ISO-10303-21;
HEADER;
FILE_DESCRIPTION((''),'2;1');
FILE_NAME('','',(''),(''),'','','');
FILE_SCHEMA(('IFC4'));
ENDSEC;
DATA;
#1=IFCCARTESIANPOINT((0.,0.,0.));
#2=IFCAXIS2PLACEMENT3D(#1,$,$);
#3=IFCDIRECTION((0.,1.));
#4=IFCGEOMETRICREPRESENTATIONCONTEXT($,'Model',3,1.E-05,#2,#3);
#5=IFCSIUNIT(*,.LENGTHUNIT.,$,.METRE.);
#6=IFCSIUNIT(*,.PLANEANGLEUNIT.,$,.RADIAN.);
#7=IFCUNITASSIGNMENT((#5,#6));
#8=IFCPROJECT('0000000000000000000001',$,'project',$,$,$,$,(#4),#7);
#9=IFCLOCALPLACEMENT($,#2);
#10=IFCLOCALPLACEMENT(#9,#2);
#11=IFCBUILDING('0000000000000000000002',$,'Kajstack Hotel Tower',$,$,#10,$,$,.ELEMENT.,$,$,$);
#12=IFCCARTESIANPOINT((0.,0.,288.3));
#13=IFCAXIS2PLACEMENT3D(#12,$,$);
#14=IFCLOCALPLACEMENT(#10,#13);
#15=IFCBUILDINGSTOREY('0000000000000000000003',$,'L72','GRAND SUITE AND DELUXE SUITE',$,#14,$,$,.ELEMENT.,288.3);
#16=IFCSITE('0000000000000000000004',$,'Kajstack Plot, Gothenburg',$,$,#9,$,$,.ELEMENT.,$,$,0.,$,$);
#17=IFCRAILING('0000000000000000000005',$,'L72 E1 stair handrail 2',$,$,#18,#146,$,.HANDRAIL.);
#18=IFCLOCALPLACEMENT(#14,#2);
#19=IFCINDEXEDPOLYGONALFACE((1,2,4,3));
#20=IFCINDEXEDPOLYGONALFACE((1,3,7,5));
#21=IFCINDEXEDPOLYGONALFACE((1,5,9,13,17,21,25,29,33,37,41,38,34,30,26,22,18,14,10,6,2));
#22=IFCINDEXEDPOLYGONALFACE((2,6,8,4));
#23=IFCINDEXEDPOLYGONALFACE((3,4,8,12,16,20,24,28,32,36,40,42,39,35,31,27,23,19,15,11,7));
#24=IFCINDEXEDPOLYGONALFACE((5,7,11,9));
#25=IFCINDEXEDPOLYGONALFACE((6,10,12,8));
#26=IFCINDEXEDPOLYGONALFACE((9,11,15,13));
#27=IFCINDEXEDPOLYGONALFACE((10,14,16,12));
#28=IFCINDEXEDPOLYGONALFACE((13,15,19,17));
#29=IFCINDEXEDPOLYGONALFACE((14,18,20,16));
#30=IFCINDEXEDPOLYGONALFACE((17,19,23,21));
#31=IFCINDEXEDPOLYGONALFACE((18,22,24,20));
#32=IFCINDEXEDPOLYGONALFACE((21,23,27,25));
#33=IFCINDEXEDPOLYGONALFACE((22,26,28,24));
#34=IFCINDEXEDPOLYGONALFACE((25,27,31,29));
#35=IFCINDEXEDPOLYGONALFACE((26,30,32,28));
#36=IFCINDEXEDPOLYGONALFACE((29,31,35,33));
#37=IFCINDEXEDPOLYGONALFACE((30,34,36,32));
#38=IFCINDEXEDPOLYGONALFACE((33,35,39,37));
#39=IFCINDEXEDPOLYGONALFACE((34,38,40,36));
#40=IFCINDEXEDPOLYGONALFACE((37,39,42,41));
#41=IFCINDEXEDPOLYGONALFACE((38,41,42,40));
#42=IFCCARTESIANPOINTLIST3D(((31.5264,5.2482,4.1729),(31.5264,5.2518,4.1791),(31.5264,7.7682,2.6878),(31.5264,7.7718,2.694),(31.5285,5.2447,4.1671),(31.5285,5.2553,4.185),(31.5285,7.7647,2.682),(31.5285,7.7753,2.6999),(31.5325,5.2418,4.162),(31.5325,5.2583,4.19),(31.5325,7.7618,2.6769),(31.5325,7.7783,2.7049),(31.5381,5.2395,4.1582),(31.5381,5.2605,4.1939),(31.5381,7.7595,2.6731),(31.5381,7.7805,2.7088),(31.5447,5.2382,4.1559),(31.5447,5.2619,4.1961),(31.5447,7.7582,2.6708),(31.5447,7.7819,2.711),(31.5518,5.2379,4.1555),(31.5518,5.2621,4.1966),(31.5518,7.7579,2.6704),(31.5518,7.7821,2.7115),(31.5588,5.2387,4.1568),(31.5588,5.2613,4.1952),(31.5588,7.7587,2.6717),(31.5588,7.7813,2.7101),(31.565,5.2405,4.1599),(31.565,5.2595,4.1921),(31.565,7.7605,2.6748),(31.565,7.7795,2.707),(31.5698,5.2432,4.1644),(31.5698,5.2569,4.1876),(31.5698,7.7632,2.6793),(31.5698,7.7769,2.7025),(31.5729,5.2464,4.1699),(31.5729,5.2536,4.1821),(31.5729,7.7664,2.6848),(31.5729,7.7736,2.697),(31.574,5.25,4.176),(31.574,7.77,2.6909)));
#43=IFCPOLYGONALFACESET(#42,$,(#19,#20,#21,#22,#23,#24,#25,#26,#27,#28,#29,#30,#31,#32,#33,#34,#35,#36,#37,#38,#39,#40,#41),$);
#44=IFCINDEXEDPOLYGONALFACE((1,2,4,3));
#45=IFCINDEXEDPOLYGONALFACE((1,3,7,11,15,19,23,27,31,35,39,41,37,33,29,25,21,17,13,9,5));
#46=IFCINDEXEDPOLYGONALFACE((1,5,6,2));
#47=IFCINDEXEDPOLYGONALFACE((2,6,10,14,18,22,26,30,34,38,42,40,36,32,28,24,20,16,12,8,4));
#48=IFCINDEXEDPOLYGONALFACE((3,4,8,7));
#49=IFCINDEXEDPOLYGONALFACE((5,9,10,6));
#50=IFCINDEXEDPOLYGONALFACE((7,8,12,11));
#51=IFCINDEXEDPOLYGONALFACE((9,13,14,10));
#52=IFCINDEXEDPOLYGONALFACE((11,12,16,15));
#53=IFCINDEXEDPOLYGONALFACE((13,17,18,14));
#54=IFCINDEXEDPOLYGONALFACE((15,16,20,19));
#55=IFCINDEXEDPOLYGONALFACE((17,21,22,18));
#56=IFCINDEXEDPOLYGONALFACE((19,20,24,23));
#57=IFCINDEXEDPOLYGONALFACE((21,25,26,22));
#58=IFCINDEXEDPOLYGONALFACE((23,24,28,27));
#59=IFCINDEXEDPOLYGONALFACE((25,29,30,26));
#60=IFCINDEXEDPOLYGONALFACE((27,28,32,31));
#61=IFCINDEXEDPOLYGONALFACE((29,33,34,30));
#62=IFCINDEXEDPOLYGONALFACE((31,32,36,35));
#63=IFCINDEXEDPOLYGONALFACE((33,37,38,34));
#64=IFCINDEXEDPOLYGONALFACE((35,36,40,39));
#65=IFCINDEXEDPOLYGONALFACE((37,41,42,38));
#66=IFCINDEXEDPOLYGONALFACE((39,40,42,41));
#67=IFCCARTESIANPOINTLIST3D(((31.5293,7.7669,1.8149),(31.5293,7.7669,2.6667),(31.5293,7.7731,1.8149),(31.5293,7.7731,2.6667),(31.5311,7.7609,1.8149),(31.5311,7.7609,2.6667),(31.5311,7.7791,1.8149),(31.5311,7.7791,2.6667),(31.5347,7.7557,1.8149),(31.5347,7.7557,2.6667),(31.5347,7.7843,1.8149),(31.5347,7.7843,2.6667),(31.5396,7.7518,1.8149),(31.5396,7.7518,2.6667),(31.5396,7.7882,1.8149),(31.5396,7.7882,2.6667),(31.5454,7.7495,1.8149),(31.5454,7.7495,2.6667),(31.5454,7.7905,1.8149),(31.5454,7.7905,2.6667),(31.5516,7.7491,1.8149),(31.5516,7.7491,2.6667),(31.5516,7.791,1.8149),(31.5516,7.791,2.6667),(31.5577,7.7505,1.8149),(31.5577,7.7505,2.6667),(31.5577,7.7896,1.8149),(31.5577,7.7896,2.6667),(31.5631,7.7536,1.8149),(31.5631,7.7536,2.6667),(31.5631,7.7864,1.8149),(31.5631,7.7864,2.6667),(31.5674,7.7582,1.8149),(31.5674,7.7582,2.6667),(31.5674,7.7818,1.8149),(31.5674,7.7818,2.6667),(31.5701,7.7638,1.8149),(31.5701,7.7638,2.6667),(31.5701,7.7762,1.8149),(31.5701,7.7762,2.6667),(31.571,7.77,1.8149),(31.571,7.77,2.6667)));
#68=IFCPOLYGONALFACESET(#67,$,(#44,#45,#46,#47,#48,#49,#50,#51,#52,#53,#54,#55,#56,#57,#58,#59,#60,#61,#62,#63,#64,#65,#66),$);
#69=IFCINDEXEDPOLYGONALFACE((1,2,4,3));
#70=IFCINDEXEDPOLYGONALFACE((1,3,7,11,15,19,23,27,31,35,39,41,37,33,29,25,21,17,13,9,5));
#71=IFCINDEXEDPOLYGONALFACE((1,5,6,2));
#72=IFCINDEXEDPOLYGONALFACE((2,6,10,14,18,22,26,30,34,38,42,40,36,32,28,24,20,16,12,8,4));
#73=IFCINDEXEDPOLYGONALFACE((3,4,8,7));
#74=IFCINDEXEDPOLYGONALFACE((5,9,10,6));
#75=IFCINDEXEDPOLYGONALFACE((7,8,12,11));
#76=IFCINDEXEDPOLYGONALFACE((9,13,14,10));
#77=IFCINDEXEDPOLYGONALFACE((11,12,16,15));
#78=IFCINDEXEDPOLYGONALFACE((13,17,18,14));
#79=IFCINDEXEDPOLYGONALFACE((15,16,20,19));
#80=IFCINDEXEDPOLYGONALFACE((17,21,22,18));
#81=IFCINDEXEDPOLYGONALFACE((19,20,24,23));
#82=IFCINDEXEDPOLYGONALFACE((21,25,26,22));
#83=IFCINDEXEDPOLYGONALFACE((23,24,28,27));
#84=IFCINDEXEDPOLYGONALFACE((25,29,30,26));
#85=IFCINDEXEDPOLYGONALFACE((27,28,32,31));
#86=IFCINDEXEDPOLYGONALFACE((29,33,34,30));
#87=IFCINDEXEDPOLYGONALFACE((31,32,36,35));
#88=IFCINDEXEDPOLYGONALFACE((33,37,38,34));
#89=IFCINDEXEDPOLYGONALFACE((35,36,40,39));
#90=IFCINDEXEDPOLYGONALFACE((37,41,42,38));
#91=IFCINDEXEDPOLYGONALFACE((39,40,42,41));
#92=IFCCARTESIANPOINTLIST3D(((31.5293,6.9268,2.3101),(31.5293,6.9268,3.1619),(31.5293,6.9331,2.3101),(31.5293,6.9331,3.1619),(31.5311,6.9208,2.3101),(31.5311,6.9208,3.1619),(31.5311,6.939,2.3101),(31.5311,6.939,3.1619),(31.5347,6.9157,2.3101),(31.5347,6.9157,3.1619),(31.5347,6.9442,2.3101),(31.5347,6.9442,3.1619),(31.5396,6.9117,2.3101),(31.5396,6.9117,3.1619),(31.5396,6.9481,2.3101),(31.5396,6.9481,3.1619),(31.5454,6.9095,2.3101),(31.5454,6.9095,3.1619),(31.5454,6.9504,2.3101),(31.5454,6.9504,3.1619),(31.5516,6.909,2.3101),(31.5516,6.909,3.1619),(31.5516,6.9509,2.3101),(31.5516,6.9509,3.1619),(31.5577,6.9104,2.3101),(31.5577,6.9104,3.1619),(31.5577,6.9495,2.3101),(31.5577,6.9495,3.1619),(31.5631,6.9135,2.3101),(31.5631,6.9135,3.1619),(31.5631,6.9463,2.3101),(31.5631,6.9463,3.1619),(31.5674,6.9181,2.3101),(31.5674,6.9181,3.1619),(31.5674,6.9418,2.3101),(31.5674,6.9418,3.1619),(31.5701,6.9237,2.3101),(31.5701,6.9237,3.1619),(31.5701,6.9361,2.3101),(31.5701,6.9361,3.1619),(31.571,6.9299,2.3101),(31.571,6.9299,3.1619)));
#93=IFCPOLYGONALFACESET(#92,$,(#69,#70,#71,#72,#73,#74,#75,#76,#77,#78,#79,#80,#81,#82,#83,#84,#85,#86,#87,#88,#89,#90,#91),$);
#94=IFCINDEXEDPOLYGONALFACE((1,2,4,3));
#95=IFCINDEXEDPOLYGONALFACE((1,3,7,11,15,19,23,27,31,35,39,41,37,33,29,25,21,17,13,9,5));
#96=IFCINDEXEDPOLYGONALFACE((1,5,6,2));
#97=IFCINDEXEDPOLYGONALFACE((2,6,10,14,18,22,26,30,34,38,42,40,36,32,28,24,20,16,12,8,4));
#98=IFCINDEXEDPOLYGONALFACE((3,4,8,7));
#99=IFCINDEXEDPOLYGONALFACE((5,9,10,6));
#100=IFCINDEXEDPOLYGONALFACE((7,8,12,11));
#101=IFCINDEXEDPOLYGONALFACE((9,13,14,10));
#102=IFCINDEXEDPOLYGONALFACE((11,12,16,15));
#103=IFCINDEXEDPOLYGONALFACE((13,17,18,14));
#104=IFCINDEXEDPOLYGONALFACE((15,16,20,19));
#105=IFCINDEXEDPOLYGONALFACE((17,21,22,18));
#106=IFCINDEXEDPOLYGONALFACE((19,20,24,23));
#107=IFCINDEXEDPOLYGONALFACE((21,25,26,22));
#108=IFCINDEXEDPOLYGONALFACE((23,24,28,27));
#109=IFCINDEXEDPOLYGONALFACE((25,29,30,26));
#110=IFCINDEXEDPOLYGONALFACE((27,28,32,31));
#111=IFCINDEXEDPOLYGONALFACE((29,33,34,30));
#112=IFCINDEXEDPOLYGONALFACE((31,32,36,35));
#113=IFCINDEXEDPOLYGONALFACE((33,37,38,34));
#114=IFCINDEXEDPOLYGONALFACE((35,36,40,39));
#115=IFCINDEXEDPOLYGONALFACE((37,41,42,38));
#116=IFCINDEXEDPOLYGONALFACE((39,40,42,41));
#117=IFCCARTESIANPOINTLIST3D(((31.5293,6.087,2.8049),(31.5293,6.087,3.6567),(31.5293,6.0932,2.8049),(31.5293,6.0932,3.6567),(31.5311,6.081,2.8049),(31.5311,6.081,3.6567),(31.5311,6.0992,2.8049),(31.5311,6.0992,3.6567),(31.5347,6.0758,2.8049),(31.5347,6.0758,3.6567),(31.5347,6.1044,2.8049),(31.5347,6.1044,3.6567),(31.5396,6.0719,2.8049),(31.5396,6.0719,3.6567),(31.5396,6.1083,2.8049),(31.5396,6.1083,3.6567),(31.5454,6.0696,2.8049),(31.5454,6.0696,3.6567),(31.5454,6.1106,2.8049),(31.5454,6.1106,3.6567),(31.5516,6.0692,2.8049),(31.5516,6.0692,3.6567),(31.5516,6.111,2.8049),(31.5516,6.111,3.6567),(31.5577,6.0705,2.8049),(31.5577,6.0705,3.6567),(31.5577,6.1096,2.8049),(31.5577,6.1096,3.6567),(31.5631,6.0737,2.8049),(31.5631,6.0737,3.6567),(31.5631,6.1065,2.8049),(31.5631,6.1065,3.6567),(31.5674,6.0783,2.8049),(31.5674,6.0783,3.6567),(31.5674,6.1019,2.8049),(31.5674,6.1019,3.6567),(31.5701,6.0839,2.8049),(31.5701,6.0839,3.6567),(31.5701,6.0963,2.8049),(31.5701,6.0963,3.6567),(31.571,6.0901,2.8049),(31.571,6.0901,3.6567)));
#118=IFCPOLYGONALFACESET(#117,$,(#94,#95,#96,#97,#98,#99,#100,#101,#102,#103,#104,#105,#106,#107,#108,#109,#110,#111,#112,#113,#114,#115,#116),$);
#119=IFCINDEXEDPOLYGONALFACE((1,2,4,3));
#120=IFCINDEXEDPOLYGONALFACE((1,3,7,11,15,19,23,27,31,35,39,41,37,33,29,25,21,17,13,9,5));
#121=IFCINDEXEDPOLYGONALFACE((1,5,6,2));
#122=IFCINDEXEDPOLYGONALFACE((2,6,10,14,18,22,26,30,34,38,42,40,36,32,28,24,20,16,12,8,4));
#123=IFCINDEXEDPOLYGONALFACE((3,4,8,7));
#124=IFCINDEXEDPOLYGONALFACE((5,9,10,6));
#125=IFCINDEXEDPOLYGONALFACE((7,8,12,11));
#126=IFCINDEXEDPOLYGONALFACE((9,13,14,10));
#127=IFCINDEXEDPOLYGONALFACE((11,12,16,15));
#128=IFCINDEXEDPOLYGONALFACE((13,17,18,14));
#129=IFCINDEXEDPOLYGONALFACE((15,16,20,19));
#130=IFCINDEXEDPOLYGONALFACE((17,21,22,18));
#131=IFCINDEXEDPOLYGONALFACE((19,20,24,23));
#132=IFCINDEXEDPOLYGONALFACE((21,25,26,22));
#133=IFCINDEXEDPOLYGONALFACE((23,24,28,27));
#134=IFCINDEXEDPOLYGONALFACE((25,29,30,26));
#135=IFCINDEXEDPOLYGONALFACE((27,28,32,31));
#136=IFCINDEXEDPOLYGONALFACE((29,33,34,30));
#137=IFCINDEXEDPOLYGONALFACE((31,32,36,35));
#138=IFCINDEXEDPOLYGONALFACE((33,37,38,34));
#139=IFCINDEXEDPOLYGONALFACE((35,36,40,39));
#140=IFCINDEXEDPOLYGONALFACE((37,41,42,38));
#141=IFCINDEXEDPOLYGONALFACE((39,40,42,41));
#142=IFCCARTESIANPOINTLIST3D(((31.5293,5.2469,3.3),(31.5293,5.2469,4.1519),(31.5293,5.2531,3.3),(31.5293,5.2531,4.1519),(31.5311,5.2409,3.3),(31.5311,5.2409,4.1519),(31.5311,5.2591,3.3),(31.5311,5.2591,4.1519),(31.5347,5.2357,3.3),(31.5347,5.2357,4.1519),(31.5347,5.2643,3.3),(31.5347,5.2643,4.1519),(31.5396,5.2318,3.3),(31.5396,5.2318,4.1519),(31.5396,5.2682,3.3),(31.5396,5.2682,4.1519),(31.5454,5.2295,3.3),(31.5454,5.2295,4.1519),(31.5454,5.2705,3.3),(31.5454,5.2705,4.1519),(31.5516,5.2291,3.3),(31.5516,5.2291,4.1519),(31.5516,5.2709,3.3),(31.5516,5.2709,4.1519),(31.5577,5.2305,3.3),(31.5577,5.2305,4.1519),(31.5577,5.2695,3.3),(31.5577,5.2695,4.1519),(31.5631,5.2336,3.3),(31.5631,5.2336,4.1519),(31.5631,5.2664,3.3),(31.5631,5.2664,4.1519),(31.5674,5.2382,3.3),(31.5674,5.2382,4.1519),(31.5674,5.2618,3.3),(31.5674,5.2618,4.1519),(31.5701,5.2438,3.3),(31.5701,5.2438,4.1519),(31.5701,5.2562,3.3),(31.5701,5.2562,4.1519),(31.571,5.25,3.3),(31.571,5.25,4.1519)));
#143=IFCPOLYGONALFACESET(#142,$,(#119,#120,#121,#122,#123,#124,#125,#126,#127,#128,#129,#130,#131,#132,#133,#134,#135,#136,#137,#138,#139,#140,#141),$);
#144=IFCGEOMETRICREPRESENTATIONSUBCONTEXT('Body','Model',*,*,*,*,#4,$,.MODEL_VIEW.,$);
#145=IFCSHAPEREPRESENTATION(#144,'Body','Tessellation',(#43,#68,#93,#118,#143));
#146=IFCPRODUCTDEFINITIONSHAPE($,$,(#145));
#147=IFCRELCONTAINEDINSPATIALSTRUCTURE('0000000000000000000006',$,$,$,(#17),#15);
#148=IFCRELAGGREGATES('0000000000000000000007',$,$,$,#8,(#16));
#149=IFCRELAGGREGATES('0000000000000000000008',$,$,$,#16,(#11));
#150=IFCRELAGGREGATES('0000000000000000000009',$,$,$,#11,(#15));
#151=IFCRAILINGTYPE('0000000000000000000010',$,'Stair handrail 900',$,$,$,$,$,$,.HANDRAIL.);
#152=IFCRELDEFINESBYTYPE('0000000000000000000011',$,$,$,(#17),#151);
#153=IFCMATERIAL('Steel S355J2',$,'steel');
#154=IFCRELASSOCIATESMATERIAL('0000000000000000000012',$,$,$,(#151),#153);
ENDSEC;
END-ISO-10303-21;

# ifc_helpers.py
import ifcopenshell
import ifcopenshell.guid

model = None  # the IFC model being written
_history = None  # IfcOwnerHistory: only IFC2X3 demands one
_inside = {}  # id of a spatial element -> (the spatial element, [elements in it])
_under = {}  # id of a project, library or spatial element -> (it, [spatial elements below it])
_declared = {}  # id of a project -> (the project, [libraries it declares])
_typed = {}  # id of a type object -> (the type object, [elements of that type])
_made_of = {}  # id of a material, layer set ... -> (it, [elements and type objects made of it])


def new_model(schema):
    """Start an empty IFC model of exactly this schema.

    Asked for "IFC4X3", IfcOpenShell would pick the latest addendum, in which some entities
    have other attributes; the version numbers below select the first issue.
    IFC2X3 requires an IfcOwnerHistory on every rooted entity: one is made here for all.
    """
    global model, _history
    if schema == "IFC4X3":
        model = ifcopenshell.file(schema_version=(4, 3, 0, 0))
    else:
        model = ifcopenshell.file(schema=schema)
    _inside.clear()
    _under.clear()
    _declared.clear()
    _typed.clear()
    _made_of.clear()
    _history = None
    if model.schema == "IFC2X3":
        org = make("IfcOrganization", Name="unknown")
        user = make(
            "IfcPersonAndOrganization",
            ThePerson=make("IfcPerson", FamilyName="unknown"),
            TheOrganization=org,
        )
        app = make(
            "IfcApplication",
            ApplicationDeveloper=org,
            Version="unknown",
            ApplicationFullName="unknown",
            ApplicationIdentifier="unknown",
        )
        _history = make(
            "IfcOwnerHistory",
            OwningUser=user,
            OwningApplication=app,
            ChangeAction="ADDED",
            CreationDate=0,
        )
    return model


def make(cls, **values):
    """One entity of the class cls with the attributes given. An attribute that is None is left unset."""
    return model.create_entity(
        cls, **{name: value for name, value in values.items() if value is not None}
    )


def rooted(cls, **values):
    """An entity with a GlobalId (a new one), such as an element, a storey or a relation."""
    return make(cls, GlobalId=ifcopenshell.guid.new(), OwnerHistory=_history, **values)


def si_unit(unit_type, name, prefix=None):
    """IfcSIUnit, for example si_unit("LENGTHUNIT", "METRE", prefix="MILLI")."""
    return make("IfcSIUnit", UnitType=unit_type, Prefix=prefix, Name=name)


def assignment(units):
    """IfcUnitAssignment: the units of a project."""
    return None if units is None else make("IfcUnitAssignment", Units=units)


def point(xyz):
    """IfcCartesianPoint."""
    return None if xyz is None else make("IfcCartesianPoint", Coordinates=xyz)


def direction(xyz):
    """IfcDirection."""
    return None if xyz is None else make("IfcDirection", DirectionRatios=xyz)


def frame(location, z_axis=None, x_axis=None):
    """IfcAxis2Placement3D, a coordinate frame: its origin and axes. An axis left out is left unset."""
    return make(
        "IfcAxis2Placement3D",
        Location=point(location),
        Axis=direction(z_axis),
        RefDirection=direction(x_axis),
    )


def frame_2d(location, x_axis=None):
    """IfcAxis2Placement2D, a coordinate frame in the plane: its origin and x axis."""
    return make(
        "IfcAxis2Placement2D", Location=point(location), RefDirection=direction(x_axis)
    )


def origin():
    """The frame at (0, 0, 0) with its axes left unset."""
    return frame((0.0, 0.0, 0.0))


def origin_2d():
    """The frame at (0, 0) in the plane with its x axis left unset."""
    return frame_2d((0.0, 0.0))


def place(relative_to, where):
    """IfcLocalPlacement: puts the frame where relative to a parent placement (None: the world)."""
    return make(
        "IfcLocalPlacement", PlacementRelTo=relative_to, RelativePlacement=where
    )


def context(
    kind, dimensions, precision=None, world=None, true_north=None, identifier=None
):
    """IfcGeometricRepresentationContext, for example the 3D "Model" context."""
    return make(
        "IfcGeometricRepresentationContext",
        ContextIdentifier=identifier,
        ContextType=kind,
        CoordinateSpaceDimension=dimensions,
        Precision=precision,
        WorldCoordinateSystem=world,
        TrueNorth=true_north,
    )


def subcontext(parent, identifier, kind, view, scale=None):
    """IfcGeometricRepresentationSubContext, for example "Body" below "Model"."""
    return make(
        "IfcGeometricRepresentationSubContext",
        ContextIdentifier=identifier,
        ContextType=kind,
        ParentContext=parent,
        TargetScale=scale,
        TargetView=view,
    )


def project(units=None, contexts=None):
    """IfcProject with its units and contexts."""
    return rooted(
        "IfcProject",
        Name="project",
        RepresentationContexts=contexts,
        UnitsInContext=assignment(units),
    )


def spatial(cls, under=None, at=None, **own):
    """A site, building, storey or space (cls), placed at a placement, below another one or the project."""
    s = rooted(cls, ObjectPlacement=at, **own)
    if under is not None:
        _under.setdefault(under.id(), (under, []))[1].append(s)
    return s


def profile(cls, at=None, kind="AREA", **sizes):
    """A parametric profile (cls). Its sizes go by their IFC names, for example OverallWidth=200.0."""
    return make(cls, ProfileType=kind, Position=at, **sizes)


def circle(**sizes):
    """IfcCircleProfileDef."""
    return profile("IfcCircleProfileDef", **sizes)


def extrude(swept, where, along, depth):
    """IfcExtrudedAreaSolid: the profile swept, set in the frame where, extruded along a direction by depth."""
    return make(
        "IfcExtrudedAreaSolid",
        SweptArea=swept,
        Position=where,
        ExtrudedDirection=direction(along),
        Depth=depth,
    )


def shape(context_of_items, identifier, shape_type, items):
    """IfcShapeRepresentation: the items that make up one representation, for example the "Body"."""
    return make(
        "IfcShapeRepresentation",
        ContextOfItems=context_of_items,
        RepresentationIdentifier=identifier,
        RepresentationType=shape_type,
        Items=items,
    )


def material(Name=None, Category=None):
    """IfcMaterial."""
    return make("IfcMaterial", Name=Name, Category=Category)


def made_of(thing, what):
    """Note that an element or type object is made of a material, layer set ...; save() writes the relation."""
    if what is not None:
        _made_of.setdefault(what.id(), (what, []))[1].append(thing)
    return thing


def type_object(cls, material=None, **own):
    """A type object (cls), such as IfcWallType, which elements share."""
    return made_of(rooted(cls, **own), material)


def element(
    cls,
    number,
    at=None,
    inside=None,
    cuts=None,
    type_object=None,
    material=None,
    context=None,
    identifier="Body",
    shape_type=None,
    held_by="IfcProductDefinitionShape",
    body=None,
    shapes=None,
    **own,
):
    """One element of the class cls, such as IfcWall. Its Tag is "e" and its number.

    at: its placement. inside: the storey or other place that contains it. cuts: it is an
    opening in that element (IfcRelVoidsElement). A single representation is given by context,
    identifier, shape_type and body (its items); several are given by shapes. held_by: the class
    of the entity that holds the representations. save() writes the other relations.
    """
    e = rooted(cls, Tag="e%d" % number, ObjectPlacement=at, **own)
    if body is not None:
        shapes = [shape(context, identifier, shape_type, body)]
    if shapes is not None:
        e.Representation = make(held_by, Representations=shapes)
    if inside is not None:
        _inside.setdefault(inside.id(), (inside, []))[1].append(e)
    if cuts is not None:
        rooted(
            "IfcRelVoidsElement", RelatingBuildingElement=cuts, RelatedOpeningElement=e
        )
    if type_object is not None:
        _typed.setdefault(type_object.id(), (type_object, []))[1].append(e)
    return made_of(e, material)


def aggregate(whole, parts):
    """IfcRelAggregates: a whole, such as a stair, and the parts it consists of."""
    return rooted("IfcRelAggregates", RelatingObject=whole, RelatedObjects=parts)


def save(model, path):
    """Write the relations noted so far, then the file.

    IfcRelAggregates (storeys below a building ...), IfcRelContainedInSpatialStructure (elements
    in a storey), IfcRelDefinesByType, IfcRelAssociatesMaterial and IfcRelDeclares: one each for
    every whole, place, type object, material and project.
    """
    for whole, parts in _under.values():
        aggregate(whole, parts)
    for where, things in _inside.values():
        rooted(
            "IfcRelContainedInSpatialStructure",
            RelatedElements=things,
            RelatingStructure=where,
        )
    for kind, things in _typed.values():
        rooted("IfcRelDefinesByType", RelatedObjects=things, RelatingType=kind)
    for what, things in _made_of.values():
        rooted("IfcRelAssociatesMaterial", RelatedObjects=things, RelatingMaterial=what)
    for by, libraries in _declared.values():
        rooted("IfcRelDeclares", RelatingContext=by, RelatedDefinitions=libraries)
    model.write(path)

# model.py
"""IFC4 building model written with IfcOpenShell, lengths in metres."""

from ifc_helpers import new_model, si_unit, direction, frame, origin, origin_2d, place, context, subcontext, project, spatial, circle, extrude, material, type_object, element, save


model = new_model("IFC4")

# Units and contexts
model_context = context("Model", 3, precision=1e-05, world=origin(), true_north=direction((0.0, 1.0)))
body_context = subcontext(model_context, "Body", "Model", "MODEL_VIEW")
ifc_project = project(units=[si_unit("LENGTHUNIT", "METRE"), si_unit("PLANEANGLEUNIT", "RADIAN")], contexts=[model_context])

# Site, building, storey
site_placement = place(None, origin())
site = spatial("IfcSite", under=ifc_project, at=site_placement, Name="Kajstack Plot, Gothenburg", CompositionType="ELEMENT", RefElevation=0.0)
building_placement = place(site_placement, origin())
building = spatial("IfcBuilding", under=site, at=building_placement, Name="Kajstack Hotel Tower", CompositionType="ELEMENT")
storey_placement = place(building_placement, frame((0.0, 0.0, 288.3)))
storey = spatial("IfcBuildingStorey", under=building, at=storey_placement, Name="L72", Description="GRAND SUITE AND DELUXE SUITE", CompositionType="ELEMENT", Elevation=288.3)

# Railing
ifc_material_1 = material(Name="Steel S355J2", Category="steel")
railing_type_1 = type_object("IfcRailingType", Name="Stair handrail 900", PredefinedType="HANDRAIL", material=ifc_material_1)
railing_1_placement = place(storey_placement, frame((31.55, 7.77, 1.8149)))
element("IfcRailing", 1, at=railing_1_placement, inside=storey, type_object=railing_type_1, Name="L72 E1 stair handrail 2", PredefinedType="HANDRAIL", context=body_context, shape_type="SweptSolid", body=[
    extrude(circle(Radius=0.0239, at=origin_2d()), frame((0.0, 0.0, 0.876), z_axis=(0.0, -0.861524, 0.507717), x_axis=(1.0, 0.0, 0.0)), (0.0, 0.0, 1.0), 2.925),
    extrude(circle(Radius=0.021, at=origin_2d()), origin(), (0.0, 0.0, 1.0), 0.8518),
    extrude(circle(Radius=0.021, at=origin_2d()), frame((0.0, -0.8401, 0.4951)), (0.0, 0.0, 1.0), 0.8518),
    extrude(circle(Radius=0.021, at=origin_2d()), frame((0.0, -1.6799, 0.99)), (0.0, 0.0, 1.0), 0.8518),
    extrude(circle(Radius=0.021, at=origin_2d()), frame((0.0, -2.52, 1.4851)), (0.0, 0.0, 1.0), 0.8518),
])

save(model, "model.ifc")
